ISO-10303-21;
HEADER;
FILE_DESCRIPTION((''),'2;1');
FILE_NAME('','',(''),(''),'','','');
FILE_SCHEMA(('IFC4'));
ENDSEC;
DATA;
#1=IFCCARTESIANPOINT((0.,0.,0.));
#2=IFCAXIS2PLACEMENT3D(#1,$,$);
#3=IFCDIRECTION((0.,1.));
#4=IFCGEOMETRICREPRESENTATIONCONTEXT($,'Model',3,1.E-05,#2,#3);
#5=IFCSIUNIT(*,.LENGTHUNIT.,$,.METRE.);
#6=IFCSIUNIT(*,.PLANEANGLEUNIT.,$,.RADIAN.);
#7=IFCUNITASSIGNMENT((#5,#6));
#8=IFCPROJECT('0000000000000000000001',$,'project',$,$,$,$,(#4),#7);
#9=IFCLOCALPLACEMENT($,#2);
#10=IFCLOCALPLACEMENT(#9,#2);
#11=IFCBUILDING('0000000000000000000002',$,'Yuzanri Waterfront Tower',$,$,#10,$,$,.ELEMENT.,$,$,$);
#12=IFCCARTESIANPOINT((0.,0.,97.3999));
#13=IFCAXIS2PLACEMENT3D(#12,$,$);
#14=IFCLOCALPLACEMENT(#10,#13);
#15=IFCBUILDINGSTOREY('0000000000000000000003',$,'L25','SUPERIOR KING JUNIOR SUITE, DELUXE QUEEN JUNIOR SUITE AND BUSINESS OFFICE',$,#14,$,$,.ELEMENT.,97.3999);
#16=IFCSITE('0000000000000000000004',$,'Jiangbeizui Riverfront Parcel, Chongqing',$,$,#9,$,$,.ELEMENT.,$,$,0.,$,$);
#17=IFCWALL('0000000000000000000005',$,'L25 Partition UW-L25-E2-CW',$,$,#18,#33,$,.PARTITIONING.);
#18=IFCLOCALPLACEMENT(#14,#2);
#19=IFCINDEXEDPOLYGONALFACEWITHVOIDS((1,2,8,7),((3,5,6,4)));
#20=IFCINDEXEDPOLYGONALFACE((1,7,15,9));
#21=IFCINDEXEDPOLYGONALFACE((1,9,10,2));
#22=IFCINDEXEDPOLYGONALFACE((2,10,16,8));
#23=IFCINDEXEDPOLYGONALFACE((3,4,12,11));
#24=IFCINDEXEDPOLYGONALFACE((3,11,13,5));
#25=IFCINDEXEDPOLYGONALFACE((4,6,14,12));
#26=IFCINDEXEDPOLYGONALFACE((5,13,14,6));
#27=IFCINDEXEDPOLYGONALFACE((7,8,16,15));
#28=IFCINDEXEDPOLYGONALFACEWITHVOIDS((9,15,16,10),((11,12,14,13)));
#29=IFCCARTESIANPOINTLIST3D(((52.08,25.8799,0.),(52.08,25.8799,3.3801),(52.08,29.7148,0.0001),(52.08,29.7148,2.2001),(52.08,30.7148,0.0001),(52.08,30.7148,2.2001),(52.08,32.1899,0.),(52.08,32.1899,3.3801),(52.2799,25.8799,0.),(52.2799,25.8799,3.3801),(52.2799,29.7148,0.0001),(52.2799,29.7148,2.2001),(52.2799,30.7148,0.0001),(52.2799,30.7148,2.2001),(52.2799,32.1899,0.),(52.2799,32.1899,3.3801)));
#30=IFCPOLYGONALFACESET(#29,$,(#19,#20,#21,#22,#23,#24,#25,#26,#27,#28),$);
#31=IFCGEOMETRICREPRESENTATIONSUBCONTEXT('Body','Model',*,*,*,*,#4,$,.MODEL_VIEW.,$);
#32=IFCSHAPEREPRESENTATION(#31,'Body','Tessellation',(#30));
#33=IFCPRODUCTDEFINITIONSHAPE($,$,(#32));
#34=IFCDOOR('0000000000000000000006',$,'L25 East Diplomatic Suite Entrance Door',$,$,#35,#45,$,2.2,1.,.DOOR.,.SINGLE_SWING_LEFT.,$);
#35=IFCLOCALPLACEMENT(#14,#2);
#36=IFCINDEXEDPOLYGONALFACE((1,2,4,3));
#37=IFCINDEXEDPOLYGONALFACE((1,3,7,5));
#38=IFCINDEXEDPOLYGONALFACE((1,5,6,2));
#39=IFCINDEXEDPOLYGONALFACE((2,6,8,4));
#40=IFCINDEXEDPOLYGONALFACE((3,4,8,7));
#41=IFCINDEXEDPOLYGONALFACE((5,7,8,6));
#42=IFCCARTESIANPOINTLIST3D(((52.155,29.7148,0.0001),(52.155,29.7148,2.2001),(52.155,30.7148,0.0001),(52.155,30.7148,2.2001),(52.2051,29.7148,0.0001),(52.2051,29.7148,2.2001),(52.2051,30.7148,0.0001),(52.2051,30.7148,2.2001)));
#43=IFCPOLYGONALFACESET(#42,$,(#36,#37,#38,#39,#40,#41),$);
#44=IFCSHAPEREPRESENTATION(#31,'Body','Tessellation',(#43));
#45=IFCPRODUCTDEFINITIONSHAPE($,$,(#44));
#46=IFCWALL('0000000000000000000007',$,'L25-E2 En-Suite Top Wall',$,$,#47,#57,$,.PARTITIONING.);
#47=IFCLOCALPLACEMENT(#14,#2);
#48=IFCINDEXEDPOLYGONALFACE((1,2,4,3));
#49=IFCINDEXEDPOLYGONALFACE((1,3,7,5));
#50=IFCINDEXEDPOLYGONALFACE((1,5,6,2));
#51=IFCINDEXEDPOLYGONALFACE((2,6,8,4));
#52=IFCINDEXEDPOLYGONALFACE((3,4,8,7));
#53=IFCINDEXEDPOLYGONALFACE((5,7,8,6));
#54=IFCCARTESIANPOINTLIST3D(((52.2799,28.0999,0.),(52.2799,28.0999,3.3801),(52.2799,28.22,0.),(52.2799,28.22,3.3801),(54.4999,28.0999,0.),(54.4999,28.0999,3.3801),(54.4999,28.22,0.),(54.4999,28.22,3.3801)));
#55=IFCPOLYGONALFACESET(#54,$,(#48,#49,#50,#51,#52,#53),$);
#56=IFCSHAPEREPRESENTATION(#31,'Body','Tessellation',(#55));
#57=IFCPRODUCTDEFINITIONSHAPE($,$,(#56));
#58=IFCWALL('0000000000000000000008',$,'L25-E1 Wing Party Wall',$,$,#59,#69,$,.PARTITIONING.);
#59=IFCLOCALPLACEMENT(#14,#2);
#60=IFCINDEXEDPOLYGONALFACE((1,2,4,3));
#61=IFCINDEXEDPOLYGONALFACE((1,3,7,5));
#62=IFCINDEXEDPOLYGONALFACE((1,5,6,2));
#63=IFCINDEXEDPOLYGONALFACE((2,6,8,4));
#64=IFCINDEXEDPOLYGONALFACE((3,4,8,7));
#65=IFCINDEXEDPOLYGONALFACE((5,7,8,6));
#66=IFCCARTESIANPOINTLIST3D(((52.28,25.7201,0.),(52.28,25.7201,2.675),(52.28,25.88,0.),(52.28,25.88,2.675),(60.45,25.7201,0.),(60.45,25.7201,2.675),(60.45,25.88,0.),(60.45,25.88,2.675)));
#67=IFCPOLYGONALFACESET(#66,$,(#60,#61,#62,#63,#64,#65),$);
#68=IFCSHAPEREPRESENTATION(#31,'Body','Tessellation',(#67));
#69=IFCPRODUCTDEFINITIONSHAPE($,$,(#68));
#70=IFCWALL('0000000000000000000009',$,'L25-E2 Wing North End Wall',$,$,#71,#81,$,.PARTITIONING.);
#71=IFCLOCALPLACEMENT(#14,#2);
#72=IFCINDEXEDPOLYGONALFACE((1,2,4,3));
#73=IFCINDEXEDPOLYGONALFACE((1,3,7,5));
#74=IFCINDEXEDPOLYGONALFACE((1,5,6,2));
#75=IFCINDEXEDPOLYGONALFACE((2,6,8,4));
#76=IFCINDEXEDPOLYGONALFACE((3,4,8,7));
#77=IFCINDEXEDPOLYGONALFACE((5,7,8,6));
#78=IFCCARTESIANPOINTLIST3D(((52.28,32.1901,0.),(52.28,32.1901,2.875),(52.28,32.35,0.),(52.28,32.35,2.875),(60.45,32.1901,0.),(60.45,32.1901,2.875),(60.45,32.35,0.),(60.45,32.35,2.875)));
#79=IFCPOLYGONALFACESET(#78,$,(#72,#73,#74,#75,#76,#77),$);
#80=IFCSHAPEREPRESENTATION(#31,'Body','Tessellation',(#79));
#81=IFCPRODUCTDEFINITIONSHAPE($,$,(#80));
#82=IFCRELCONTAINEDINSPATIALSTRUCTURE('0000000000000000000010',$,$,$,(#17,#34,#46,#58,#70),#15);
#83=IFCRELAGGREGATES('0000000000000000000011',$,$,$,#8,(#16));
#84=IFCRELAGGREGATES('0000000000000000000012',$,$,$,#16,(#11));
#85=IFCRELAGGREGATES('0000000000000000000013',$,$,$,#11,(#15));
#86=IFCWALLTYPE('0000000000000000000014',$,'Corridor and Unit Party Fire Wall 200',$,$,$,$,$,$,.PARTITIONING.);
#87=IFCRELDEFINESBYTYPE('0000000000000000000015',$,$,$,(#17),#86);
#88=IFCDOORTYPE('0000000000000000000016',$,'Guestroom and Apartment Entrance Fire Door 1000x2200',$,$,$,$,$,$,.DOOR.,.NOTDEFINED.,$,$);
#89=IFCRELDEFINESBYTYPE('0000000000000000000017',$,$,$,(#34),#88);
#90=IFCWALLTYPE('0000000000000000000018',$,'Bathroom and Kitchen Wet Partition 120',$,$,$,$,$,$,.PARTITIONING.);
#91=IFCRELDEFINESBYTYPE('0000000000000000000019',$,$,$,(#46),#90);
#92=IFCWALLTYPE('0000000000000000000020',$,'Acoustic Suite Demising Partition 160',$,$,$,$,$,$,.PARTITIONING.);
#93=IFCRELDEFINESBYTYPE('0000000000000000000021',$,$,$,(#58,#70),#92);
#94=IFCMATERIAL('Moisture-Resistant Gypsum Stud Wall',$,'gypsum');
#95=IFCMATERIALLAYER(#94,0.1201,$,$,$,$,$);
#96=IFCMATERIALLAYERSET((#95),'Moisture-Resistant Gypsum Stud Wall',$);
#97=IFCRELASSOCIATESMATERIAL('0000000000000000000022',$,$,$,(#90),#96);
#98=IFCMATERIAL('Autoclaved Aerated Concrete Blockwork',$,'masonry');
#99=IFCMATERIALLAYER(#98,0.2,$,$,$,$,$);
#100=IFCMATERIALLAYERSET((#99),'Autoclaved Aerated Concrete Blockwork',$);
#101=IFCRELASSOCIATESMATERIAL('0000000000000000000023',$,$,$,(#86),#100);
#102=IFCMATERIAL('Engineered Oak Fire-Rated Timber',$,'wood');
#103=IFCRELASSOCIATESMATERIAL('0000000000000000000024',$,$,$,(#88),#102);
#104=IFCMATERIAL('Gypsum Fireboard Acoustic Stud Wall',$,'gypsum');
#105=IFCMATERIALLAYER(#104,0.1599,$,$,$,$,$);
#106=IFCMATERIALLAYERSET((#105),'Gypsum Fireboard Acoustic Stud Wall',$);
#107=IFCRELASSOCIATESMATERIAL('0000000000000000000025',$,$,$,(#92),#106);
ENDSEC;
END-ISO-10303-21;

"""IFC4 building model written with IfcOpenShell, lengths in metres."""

from ifc_helpers import new_model, si_unit, direction, frame, frame_2d, origin, place, context, subcontext, project, spatial, rectangle, extrude, source, transform, mapped, material, layer, layer_set, type_object, element, fill, save


model = new_model("IFC4")

# Units and contexts
model_context = context("Model", 3, precision=1e-05, world=origin(), true_north=direction((0.0, 1.0)))
body_context = subcontext(model_context, "Body", "Model", "MODEL_VIEW")
ifc_project = project(units=[si_unit("LENGTHUNIT", "METRE"), si_unit("PLANEANGLEUNIT", "RADIAN")], contexts=[model_context])

# Site, building, storey
site_placement = place(None, origin())
site = spatial("IfcSite", under=ifc_project, at=site_placement, Name="Jiangbeizui Riverfront Parcel, Chongqing", CompositionType="ELEMENT", RefElevation=0.0)
building_placement = place(site_placement, origin())
building = spatial("IfcBuilding", under=site, at=building_placement, Name="Yuzanri Waterfront Tower", CompositionType="ELEMENT")
storey_placement = place(building_placement, frame((0.0, 0.0, 97.3999)))
storey = spatial("IfcBuildingStorey", under=building, at=storey_placement, Name="L25", Description="SUPERIOR KING JUNIOR SUITE, DELUXE QUEEN JUNIOR SUITE AND BUSINESS OFFICE", CompositionType="ELEMENT", Elevation=97.3999)

# Wall, opening, door
ifc_material_1 = material(Name="Moisture-Resistant Gypsum Stud Wall", Category="gypsum")
ifc_layer_1 = layer(ifc_material_1, 0.1201)
ifc_layer_set_1 = layer_set([ifc_layer_1], Name="Moisture-Resistant Gypsum Stud Wall")
wall_type_1 = type_object("IfcWallType", Name="Bathroom and Kitchen Wet Partition 120", PredefinedType="PARTITIONING", material=ifc_layer_set_1)
ifc_material_2 = material(Name="Autoclaved Aerated Concrete Blockwork", Category="masonry")
ifc_layer_2 = layer(ifc_material_2, 0.2)
ifc_layer_set_2 = layer_set([ifc_layer_2], Name="Autoclaved Aerated Concrete Blockwork")
wall_type_2 = type_object("IfcWallType", Name="Corridor and Unit Party Fire Wall 200", PredefinedType="PARTITIONING", material=ifc_layer_set_2)
wall_1_placement = place(storey_placement, frame((52.1799, 25.8799, 0.0), z_axis=(0.0, 0.0, 1.0), x_axis=(0.0, 1.0, 0.0)))
wall_1 = element("IfcWall", 1, at=wall_1_placement, inside=storey, type_object=wall_type_2, Name="L25 Partition UW-L25-E2-CW", PredefinedType="PARTITIONING", context=body_context, shape_type="SweptSolid", body=[
    extrude(rectangle(XDim=6.3101, YDim=0.2, at=frame_2d((3.155, 0.0))), origin(), (0.0, 0.0, 1.0), 3.3801),
])
opening_1_placement = place(wall_1_placement, frame((3.835, 0.0, 0.0)))
opening_1 = element("IfcOpeningElement", 2, at=opening_1_placement, cuts=wall_1, PredefinedType="OPENING", context=body_context, shape_type="SweptSolid", body=[
    extrude(rectangle(XDim=1.0, YDim=2.2, at=frame_2d((0.5, 1.1001))), frame((0.0, 0.1147, 0.0), z_axis=(0.0, -1.0, 0.0), x_axis=(1.0, 0.0, 0.0)), (0.0, 0.0, 1.0), 0.2297),
])
ifc_material_3 = material(Name="Engineered Oak Fire-Rated Timber", Category="wood")
door_type_1 = type_object("IfcDoorType", Name="Guestroom and Apartment Entrance Fire Door 1000x2200", OperationType="NOTDEFINED", PredefinedType="DOOR", material=ifc_material_3)
shared_shape_1 = source(origin(), body_context, "Body", "SweptSolid", [
    extrude(rectangle(XDim=1.0, YDim=2.2, at=frame_2d((0.5, 1.1001))), frame((0.0, 0.0249, 0.0), z_axis=(0.0, -1.0, 0.0), x_axis=(1.0, 0.0, 0.0)), (0.0, 0.0, 1.0), 0.05),
])
door_1_placement = place(opening_1_placement, origin())
door_1 = element("IfcDoor", 3, at=door_1_placement, inside=storey, type_object=door_type_1, Name="L25 East Diplomatic Suite Entrance Door", OperationType="SINGLE_SWING_LEFT", OverallHeight=2.2, OverallWidth=1.0, PredefinedType="DOOR", context=body_context, shape_type="MappedRepresentation", body=[
    mapped(shared_shape_1, transform((0.0, 0.0, 0.0), scale=1.0)),
])
fill(opening_1, door_1)

# Walls
shared_shape_2 = source(origin(), body_context, "Body", "SweptSolid", [
    extrude(rectangle(XDim=2.22, YDim=0.1201, at=frame_2d((1.1099, 0.0))), origin(), (0.0, 0.0, 1.0), 3.3801),
])
wall_2_placement = place(storey_placement, frame((52.28, 28.1599, 0.0), z_axis=(0.0, 0.0, 1.0), x_axis=(1.0, 0.0, 0.0)))
element("IfcWall", 4, at=wall_2_placement, inside=storey, type_object=wall_type_1, Name="L25-E2 En-Suite Top Wall", PredefinedType="PARTITIONING", context=body_context, shape_type="MappedRepresentation", body=[
    mapped(shared_shape_2, transform((0.0, 0.0, 0.0), scale=1.0)),
])
ifc_material_4 = material(Name="Gypsum Fireboard Acoustic Stud Wall", Category="gypsum")
ifc_layer_3 = layer(ifc_material_4, 0.1599)
ifc_layer_set_3 = layer_set([ifc_layer_3], Name="Gypsum Fireboard Acoustic Stud Wall")
wall_type_3 = type_object("IfcWallType", Name="Acoustic Suite Demising Partition 160", PredefinedType="PARTITIONING", material=ifc_layer_set_3)
shared_shape_3 = source(origin(), body_context, "Body", "SweptSolid", [
    extrude(rectangle(XDim=8.1699, YDim=0.1599, at=frame_2d((4.085, 0.0))), origin(), (0.0, 0.0, 1.0), 2.675),
])
wall_3_placement = place(storey_placement, frame((52.28, 25.8, 0.0), z_axis=(0.0, 0.0, 1.0), x_axis=(1.0, 0.0, 0.0)))
element("IfcWall", 5, at=wall_3_placement, inside=storey, type_object=wall_type_3, Name="L25-E1 Wing Party Wall", PredefinedType="PARTITIONING", context=body_context, shape_type="MappedRepresentation", body=[
    mapped(shared_shape_3, transform((0.0, 0.0, 0.0), scale=1.0)),
])
shared_shape_4 = source(origin(), body_context, "Body", "SweptSolid", [
    extrude(rectangle(XDim=8.1699, YDim=0.1599, at=frame_2d((4.085, 0.0))), origin(), (0.0, 0.0, 1.0), 2.875),
])
wall_4_placement = place(storey_placement, frame((52.28, 32.27, 0.0), z_axis=(0.0, 0.0, 1.0), x_axis=(1.0, 0.0, 0.0)))
element("IfcWall", 6, at=wall_4_placement, inside=storey, type_object=wall_type_3, Name="L25-E2 Wing North End Wall", PredefinedType="PARTITIONING", context=body_context, shape_type="MappedRepresentation", body=[
    mapped(shared_shape_4, transform((0.0, 0.0, 0.0), scale=1.0)),
])

save(model, "model.ifc")
